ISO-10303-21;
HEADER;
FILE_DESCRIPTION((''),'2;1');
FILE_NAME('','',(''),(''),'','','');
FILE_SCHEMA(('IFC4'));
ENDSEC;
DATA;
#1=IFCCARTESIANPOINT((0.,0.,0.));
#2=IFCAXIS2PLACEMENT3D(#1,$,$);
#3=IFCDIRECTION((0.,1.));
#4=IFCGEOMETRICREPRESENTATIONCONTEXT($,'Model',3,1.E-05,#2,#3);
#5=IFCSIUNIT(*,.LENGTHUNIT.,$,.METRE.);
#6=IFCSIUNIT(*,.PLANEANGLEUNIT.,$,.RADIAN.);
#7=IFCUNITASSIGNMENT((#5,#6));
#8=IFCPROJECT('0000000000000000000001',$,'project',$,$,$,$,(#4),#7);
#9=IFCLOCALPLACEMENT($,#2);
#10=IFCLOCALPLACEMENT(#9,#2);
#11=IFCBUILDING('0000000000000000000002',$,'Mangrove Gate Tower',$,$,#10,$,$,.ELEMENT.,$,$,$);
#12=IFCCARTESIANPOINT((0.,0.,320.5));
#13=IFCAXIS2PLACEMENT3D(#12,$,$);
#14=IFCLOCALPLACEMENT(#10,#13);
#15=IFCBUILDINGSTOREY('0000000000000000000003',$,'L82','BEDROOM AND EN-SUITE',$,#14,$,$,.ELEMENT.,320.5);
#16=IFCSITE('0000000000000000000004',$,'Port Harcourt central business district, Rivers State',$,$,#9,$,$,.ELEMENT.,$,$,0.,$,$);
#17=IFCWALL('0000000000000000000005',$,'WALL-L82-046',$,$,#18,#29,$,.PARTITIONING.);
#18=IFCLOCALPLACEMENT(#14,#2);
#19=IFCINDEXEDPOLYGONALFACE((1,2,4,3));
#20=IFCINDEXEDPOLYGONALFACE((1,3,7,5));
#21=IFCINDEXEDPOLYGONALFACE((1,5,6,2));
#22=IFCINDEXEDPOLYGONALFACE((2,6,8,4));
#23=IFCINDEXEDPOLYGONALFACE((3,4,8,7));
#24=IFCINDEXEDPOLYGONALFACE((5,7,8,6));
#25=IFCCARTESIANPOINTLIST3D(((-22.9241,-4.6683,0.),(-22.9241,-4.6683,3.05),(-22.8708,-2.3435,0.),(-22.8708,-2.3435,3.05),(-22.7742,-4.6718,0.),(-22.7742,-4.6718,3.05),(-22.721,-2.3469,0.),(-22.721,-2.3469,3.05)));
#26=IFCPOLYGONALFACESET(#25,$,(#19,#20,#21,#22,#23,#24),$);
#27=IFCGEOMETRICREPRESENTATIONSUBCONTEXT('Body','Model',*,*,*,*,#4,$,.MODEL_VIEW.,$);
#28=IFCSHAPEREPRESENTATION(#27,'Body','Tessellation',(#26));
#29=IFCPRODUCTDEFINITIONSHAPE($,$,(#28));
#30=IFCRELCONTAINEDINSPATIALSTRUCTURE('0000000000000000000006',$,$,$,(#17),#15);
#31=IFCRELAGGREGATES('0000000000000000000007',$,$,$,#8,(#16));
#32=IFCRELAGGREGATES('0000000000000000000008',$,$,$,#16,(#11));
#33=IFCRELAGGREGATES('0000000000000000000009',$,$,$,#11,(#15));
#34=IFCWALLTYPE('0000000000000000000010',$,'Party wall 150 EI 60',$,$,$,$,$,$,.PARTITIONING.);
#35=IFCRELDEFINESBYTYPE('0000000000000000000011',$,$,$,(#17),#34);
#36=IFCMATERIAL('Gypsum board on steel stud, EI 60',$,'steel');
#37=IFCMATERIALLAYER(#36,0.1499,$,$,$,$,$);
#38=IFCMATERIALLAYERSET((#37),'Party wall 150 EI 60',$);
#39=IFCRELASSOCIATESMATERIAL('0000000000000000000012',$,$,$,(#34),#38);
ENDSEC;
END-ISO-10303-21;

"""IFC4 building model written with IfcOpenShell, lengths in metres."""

from ifc_helpers import new_model, si_unit, direction, frame, frame_2d, origin, place, context, subcontext, project, spatial, rectangle, extrude, material, layer, layer_set, type_object, element, save


model = new_model("IFC4")

# Units and contexts
model_context = context("Model", 3, precision=1e-05, world=origin(), true_north=direction((0.0, 1.0)))
body_context = subcontext(model_context, "Body", "Model", "MODEL_VIEW")
ifc_project = project(units=[si_unit("LENGTHUNIT", "METRE"), si_unit("PLANEANGLEUNIT", "RADIAN")], contexts=[model_context])

# Site, building, storey
site_placement = place(None, origin())
site = spatial("IfcSite", under=ifc_project, at=site_placement, Name="Port Harcourt central business district, Rivers State", CompositionType="ELEMENT", RefElevation=0.0)
building_placement = place(site_placement, origin())
building = spatial("IfcBuilding", under=site, at=building_placement, Name="Mangrove Gate Tower", CompositionType="ELEMENT")
storey_placement = place(building_placement, frame((0.0, 0.0, 320.5)))
storey = spatial("IfcBuildingStorey", under=building, at=storey_placement, Name="L82", Description="BEDROOM AND EN-SUITE", CompositionType="ELEMENT", Elevation=320.5)

# Wall
ifc_material_1 = material(Name="Gypsum board on steel stud, EI 60", Category="steel")
ifc_layer_1 = layer(ifc_material_1, 0.1499)
ifc_layer_set_1 = layer_set([ifc_layer_1], Name="Party wall 150 EI 60")
wall_type_1 = type_object("IfcWallType", Name="Party wall 150 EI 60", PredefinedType="PARTITIONING", material=ifc_layer_set_1)
wall_1_placement = place(storey_placement, frame((-22.8491, -4.6699, 0.0), z_axis=(0.0, 0.0, 1.0), x_axis=(0.022886, 0.999738, 0.0)))
element("IfcWall", 1, at=wall_1_placement, inside=storey, type_object=wall_type_1, Name="WALL-L82-046", PredefinedType="PARTITIONING", context=body_context, shape_type="SweptSolid", body=[
    extrude(rectangle(XDim=2.3254, YDim=0.1499, at=frame_2d((1.1626, 0.0))), origin(), (0.0, 0.0, 1.0), 3.05),
])

save(model, "model.ifc")
